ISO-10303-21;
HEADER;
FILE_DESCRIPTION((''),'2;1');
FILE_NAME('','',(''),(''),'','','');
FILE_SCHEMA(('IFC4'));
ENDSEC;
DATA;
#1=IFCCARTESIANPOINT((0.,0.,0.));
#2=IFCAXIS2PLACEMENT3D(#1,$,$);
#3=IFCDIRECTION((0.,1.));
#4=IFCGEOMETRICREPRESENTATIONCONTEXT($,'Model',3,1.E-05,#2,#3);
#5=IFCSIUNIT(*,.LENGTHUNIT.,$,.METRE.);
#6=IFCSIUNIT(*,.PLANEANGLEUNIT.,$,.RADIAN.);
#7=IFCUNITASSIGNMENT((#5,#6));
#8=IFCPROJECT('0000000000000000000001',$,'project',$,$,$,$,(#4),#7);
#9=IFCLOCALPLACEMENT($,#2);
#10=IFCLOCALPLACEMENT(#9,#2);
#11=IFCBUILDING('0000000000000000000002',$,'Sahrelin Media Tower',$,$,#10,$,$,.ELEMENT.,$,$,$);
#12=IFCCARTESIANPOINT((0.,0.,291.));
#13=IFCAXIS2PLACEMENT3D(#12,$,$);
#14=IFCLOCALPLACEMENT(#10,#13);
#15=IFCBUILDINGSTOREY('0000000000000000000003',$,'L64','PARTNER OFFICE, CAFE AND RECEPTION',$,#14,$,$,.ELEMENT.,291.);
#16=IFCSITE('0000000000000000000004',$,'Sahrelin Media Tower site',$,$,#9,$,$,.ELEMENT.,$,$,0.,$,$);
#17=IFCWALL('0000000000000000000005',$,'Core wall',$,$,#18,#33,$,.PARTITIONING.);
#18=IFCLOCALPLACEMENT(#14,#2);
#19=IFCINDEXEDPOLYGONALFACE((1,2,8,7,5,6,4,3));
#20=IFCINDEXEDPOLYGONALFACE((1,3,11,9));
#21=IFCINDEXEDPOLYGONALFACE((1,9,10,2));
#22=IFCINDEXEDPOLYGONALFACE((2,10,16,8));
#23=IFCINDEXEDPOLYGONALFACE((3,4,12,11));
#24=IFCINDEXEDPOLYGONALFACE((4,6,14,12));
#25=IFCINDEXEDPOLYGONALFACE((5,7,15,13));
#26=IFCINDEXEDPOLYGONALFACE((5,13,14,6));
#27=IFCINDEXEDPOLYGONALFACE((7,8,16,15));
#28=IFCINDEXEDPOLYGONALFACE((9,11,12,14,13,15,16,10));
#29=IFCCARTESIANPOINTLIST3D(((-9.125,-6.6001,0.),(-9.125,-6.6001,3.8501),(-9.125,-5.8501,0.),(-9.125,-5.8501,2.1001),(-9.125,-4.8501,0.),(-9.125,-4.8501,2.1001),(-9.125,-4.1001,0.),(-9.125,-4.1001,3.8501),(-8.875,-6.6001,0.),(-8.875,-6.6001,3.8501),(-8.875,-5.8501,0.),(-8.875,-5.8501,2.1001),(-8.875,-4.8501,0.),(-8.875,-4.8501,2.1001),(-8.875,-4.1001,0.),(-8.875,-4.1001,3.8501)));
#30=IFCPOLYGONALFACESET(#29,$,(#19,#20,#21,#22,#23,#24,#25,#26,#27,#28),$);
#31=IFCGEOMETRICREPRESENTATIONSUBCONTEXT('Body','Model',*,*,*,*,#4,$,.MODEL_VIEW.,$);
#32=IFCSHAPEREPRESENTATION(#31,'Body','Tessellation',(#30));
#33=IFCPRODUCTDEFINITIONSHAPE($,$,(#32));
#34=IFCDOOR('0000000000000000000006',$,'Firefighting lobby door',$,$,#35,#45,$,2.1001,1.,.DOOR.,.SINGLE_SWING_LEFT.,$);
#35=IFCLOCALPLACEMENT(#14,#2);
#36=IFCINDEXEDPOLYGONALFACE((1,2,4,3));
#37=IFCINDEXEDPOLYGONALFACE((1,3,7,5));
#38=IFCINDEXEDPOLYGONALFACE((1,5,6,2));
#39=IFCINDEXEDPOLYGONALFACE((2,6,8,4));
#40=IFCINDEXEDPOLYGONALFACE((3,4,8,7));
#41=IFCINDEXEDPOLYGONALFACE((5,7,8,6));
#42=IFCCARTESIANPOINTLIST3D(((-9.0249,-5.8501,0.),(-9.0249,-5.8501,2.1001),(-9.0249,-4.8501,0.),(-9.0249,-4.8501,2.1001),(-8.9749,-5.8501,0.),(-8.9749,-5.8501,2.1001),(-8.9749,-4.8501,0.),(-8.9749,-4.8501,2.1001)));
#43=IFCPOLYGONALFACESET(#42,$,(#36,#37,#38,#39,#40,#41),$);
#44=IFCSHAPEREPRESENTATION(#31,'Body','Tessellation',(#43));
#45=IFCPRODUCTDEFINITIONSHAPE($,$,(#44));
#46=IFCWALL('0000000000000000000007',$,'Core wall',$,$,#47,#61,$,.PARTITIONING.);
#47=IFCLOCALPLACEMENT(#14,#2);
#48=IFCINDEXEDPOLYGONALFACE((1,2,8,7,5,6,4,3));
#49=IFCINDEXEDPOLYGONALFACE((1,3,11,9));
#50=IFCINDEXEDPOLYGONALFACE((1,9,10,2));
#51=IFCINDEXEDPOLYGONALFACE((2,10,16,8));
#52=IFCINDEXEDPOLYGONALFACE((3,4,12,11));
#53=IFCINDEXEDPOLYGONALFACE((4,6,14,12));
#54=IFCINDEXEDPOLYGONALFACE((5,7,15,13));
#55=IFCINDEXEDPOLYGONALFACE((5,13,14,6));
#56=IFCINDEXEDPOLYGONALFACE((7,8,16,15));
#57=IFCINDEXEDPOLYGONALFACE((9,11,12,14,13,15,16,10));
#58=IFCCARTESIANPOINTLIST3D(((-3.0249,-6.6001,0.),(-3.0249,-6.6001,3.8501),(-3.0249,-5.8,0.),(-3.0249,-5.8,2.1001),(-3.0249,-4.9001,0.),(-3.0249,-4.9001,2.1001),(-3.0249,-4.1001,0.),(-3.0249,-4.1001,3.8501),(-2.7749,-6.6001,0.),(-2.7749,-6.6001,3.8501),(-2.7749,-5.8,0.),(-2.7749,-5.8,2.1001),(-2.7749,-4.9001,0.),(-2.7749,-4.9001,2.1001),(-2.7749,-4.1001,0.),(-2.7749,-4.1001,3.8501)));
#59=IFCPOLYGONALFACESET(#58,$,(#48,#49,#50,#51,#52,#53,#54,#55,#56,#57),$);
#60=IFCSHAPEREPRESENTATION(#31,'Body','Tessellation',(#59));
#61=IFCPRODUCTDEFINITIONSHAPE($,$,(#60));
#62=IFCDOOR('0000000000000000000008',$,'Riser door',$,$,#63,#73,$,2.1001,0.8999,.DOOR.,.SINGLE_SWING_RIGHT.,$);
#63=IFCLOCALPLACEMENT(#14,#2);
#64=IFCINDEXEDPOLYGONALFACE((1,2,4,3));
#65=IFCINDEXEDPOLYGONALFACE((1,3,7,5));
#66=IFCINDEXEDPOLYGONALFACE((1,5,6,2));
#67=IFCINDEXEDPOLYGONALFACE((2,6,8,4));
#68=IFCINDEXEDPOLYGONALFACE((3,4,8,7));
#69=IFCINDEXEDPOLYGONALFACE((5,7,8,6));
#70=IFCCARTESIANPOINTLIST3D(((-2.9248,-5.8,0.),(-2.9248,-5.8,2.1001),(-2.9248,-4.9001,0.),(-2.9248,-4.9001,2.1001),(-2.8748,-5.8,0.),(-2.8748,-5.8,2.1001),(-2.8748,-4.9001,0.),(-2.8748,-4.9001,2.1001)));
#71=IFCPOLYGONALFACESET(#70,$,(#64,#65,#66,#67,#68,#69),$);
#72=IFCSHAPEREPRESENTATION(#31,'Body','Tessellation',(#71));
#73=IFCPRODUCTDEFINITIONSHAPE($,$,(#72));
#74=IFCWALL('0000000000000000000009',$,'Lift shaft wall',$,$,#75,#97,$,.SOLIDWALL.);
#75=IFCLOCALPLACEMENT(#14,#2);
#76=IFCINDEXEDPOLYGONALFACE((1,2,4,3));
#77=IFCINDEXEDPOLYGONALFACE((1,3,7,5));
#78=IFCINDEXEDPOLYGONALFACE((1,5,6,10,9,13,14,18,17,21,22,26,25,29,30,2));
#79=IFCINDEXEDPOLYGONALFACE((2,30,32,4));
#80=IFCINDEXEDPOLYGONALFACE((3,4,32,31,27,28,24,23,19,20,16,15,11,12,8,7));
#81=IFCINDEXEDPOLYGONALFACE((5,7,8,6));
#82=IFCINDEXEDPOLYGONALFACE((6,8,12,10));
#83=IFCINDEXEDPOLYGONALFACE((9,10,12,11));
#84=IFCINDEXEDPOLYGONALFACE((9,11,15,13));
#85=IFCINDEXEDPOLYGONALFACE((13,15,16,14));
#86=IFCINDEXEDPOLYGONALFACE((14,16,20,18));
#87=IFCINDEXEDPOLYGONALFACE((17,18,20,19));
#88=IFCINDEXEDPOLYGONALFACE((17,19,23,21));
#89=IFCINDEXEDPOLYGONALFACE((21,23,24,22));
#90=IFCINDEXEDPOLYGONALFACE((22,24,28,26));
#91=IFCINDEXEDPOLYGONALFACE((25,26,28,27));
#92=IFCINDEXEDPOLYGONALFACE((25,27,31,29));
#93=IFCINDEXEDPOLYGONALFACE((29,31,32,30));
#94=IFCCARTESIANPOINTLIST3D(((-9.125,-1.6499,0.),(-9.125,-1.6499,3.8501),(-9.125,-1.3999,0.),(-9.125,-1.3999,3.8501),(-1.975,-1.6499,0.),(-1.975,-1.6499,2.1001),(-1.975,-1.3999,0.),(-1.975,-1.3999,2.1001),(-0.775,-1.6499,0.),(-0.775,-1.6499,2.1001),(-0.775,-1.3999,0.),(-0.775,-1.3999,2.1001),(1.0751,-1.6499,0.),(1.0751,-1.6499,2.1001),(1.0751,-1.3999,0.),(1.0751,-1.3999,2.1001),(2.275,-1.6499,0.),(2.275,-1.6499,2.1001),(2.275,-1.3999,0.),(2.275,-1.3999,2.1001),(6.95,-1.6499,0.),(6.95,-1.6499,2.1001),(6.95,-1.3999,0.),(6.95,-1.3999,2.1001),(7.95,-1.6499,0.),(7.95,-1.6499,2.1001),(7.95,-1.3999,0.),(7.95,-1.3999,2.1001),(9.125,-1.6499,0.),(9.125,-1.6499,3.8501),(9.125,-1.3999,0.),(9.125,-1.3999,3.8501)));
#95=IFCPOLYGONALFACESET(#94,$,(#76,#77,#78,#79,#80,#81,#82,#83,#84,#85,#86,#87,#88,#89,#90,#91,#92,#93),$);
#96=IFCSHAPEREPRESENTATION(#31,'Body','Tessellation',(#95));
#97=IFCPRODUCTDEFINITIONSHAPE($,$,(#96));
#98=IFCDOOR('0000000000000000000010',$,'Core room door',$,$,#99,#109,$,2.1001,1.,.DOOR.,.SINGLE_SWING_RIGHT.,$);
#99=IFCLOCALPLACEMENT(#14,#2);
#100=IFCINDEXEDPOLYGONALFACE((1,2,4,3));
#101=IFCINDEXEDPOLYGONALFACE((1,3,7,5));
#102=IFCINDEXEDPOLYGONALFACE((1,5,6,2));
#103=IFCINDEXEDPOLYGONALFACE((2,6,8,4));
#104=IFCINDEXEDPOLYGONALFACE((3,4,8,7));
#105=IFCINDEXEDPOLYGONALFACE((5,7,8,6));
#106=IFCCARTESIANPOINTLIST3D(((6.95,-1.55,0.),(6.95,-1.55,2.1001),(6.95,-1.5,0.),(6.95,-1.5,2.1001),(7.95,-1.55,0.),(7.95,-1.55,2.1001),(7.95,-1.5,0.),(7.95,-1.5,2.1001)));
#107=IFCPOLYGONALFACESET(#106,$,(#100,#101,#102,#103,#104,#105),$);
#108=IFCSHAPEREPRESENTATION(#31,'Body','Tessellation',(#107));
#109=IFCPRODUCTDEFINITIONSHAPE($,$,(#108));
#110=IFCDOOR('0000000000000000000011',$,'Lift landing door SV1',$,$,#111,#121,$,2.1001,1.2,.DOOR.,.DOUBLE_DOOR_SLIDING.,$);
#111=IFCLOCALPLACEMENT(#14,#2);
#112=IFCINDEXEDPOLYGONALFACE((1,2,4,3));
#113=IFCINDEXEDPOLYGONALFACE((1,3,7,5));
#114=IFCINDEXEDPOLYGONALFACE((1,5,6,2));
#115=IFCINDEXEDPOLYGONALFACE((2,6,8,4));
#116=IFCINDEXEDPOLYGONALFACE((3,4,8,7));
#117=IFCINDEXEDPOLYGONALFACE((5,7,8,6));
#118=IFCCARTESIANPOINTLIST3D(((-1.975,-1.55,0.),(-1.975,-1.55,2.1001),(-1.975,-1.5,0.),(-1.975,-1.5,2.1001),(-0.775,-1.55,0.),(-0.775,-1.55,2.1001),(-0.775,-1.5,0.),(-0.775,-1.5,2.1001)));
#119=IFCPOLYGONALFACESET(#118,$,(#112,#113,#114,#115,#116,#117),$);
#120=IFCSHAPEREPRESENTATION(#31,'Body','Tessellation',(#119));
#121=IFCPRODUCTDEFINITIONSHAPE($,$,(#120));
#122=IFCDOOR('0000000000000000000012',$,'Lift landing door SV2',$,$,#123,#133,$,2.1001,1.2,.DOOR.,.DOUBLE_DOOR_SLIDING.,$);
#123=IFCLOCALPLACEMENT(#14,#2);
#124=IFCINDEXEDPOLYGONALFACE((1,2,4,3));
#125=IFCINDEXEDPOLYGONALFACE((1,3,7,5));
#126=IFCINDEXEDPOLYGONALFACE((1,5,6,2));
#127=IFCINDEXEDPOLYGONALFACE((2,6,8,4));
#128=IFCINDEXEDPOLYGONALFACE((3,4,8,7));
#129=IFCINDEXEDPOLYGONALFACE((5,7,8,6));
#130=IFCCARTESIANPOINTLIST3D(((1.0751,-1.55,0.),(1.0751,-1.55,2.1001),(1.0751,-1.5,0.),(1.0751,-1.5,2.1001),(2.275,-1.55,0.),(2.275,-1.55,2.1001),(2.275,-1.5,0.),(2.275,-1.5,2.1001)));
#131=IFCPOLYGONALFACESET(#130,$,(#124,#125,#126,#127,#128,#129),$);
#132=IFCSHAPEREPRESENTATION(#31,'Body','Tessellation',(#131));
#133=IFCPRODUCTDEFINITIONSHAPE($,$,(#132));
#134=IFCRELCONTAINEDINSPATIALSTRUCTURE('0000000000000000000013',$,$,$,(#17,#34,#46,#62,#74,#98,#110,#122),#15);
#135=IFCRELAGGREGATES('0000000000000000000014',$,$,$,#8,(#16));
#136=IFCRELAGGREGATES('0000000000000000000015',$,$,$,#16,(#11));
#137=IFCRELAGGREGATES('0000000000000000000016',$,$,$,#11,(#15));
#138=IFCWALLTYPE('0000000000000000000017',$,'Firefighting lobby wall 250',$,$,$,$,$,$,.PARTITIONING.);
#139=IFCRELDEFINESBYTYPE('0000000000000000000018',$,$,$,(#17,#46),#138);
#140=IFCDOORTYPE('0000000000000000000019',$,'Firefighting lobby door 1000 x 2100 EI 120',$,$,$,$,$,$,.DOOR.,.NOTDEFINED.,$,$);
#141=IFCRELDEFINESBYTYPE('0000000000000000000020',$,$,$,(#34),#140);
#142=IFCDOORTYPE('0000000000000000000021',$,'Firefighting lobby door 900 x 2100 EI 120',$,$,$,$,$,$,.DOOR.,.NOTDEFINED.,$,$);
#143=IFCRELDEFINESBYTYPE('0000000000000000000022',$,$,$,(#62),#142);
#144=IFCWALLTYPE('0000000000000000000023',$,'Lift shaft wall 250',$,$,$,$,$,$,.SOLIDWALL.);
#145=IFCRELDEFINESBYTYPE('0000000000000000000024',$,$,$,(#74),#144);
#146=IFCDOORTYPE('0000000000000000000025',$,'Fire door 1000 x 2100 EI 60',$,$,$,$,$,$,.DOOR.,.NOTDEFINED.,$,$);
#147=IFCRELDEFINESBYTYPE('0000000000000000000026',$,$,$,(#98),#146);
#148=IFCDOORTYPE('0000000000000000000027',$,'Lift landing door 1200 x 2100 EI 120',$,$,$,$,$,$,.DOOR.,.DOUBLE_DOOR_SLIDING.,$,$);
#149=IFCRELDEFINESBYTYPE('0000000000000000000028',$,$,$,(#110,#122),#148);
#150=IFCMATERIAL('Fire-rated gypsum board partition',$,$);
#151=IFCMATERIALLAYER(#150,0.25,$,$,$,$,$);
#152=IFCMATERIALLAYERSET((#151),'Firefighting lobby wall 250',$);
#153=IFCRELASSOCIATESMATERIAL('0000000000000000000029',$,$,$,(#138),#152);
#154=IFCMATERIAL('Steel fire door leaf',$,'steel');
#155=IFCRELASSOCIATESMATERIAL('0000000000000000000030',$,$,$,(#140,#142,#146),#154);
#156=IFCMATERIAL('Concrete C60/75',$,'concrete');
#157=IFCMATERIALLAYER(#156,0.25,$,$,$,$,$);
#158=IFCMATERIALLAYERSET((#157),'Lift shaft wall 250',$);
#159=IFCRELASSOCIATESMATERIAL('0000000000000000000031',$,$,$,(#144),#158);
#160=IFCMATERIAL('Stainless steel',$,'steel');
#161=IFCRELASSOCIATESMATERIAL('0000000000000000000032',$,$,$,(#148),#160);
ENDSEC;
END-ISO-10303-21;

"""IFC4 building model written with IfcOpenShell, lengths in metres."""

from ifc_helpers import new_model, si_unit, direction, frame, frame_2d, origin, place, context, subcontext, project, spatial, rectangle, extrude, material, layer, layer_set, type_object, element, fill, save


model = new_model("IFC4")

# Units and contexts
model_context = context("Model", 3, precision=1e-05, world=origin(), true_north=direction((0.0, 1.0)))
body_context = subcontext(model_context, "Body", "Model", "MODEL_VIEW")
ifc_project = project(units=[si_unit("LENGTHUNIT", "METRE"), si_unit("PLANEANGLEUNIT", "RADIAN")], contexts=[model_context])

# Site, building, storey
site_placement = place(None, origin())
site = spatial("IfcSite", under=ifc_project, at=site_placement, Name="Sahrelin Media Tower site", CompositionType="ELEMENT", RefElevation=0.0)
building_placement = place(site_placement, origin())
building = spatial("IfcBuilding", under=site, at=building_placement, Name="Sahrelin Media Tower", CompositionType="ELEMENT")
storey_placement = place(building_placement, frame((0.0, 0.0, 291.0)))
storey = spatial("IfcBuildingStorey", under=building, at=storey_placement, Name="L64", Description="PARTNER OFFICE, CAFE AND RECEPTION", CompositionType="ELEMENT", Elevation=291.0)

# Shared definitions
ifc_material_1 = material(Name="Concrete C60/75", Category="concrete")

# Walls, openings, doors
ifc_material_2 = material(Name="Fire-rated gypsum board partition")
ifc_layer_1 = layer(ifc_material_2, 0.25)
ifc_layer_set_1 = layer_set([ifc_layer_1], Name="Firefighting lobby wall 250")
wall_type_1 = type_object("IfcWallType", Name="Firefighting lobby wall 250", PredefinedType="PARTITIONING", material=ifc_layer_set_1)
wall_1_placement = place(storey_placement, frame((-9.0, -6.6001, 0.0), z_axis=(0.0, 0.0, 1.0), x_axis=(0.0, 1.0, 0.0)))
wall_1 = element("IfcWall", 1, at=wall_1_placement, inside=storey, type_object=wall_type_1, Name="Core wall", PredefinedType="PARTITIONING", context=body_context, shape_type="SweptSolid", body=[
    extrude(rectangle(XDim=2.5, YDim=0.25, at=frame_2d((1.25, 0.0))), origin(), (0.0, 0.0, 1.0), 3.8501),
])
opening_1_placement = place(wall_1_placement, frame((0.75, 0.0, 0.0)))
opening_1 = element("IfcOpeningElement", 2, at=opening_1_placement, cuts=wall_1, PredefinedType="OPENING", context=body_context, shape_type="SweptSolid", body=[
    extrude(rectangle(XDim=1.0, YDim=2.1001, at=frame_2d((0.5, 1.05))), frame((0.0, 0.125, 0.0), z_axis=(0.0, -1.0, 0.0), x_axis=(1.0, 0.0, 0.0)), (0.0, 0.0, 1.0), 0.25),
])
ifc_material_3 = material(Name="Steel fire door leaf", Category="steel")
door_type_1 = type_object("IfcDoorType", Name="Firefighting lobby door 1000 x 2100 EI 120", OperationType="NOTDEFINED", PredefinedType="DOOR", material=ifc_material_3)
door_1_placement = place(opening_1_placement, origin())
door_1 = element("IfcDoor", 3, at=door_1_placement, inside=storey, type_object=door_type_1, Name="Firefighting lobby door", OperationType="SINGLE_SWING_LEFT", OverallHeight=2.1001, OverallWidth=1.0, PredefinedType="DOOR", context=body_context, shape_type="SweptSolid", body=[
    extrude(rectangle(XDim=1.0, YDim=2.1001, at=frame_2d((0.5, 1.05))), frame((0.0, 0.0249, 0.0), z_axis=(0.0, -1.0, 0.0), x_axis=(1.0, 0.0, 0.0)), (0.0, 0.0, 1.0), 0.05),
])
fill(opening_1, door_1)
wall_2_placement = place(storey_placement, frame((-2.8999, -6.6001, 0.0), z_axis=(0.0, 0.0, 1.0), x_axis=(0.0, 1.0, 0.0)))
wall_2 = element("IfcWall", 4, at=wall_2_placement, inside=storey, type_object=wall_type_1, Name="Core wall", PredefinedType="PARTITIONING", context=body_context, shape_type="SweptSolid", body=[
    extrude(rectangle(XDim=2.5, YDim=0.25, at=frame_2d((1.25, 0.0))), origin(), (0.0, 0.0, 1.0), 3.8501),
])
opening_2_placement = place(wall_2_placement, frame((0.8, 0.0, 0.0)))
opening_2 = element("IfcOpeningElement", 5, at=opening_2_placement, cuts=wall_2, PredefinedType="OPENING", context=body_context, shape_type="SweptSolid", body=[
    extrude(rectangle(XDim=0.8999, YDim=2.1001, at=frame_2d((0.45, 1.05))), frame((0.0, 0.125, 0.0), z_axis=(0.0, -1.0, 0.0), x_axis=(1.0, 0.0, 0.0)), (0.0, 0.0, 1.0), 0.25),
])
door_type_2 = type_object("IfcDoorType", Name="Firefighting lobby door 900 x 2100 EI 120", OperationType="NOTDEFINED", PredefinedType="DOOR", material=ifc_material_3)
door_2_placement = place(opening_2_placement, origin())
door_2 = element("IfcDoor", 6, at=door_2_placement, inside=storey, type_object=door_type_2, Name="Riser door", OperationType="SINGLE_SWING_RIGHT", OverallHeight=2.1001, OverallWidth=0.8999, PredefinedType="DOOR", context=body_context, shape_type="SweptSolid", body=[
    extrude(rectangle(XDim=0.8999, YDim=2.1001, at=frame_2d((0.45, 1.05))), frame((0.0, 0.0249, 0.0), z_axis=(0.0, -1.0, 0.0), x_axis=(1.0, 0.0, 0.0)), (0.0, 0.0, 1.0), 0.05),
])
fill(opening_2, door_2)

# Wall, openings, doors
ifc_layer_2 = layer(ifc_material_1, 0.25)
ifc_layer_set_2 = layer_set([ifc_layer_2], Name="Lift shaft wall 250")
wall_type_2 = type_object("IfcWallType", Name="Lift shaft wall 250", PredefinedType="SOLIDWALL", material=ifc_layer_set_2)
wall_3_placement = place(storey_placement, frame((-9.125, -1.5249, 0.0), z_axis=(0.0, 0.0, 1.0), x_axis=(1.0, 0.0, 0.0)))
wall_3 = element("IfcWall", 7, at=wall_3_placement, inside=storey, type_object=wall_type_2, Name="Lift shaft wall", PredefinedType="SOLIDWALL", context=body_context, shape_type="SweptSolid", body=[
    extrude(rectangle(XDim=18.25, YDim=0.25, at=frame_2d((9.125, 0.0))), origin(), (0.0, 0.0, 1.0), 3.8501),
])
opening_3_placement = place(wall_3_placement, frame((7.1499, 0.0, 0.0)))
opening_3 = element("IfcOpeningElement", 8, at=opening_3_placement, cuts=wall_3, PredefinedType="OPENING", context=body_context, shape_type="SweptSolid", body=[
    extrude(rectangle(XDim=1.2, YDim=2.1001, at=frame_2d((0.6001, 1.05))), frame((0.0, 0.125, 0.0), z_axis=(0.0, -1.0, 0.0), x_axis=(1.0, 0.0, 0.0)), (0.0, 0.0, 1.0), 0.25),
])
opening_4_placement = place(wall_3_placement, frame((10.2, 0.0, 0.0)))
opening_4 = element("IfcOpeningElement", 9, at=opening_4_placement, cuts=wall_3, PredefinedType="OPENING", context=body_context, shape_type="SweptSolid", body=[
    extrude(rectangle(XDim=1.2, YDim=2.1001, at=frame_2d((0.6001, 1.05))), frame((0.0, 0.125, 0.0), z_axis=(0.0, -1.0, 0.0), x_axis=(1.0, 0.0, 0.0)), (0.0, 0.0, 1.0), 0.25),
])
opening_5_placement = place(wall_3_placement, frame((16.075, 0.0, 0.0)))
opening_5 = element("IfcOpeningElement", 10, at=opening_5_placement, cuts=wall_3, PredefinedType="OPENING", context=body_context, shape_type="SweptSolid", body=[
    extrude(rectangle(XDim=1.0, YDim=2.1001, at=frame_2d((0.5, 1.05))), frame((0.0, 0.125, 0.0), z_axis=(0.0, -1.0, 0.0), x_axis=(1.0, 0.0, 0.0)), (0.0, 0.0, 1.0), 0.25),
])
door_type_3 = type_object("IfcDoorType", Name="Fire door 1000 x 2100 EI 60", OperationType="NOTDEFINED", PredefinedType="DOOR", material=ifc_material_3)
door_3_placement = place(opening_5_placement, origin())
door_3 = element("IfcDoor", 11, at=door_3_placement, inside=storey, type_object=door_type_3, Name="Core room door", OperationType="SINGLE_SWING_RIGHT", OverallHeight=2.1001, OverallWidth=1.0, PredefinedType="DOOR", context=body_context, shape_type="SweptSolid", body=[
    extrude(rectangle(XDim=1.0, YDim=2.1001, at=frame_2d((0.5, 1.05))), frame((0.0, 0.0249, 0.0), z_axis=(0.0, -1.0, 0.0), x_axis=(1.0, 0.0, 0.0)), (0.0, 0.0, 1.0), 0.05),
])
fill(opening_5, door_3)
ifc_material_4 = material(Name="Stainless steel", Category="steel")
door_type_4 = type_object("IfcDoorType", Name="Lift landing door 1200 x 2100 EI 120", OperationType="DOUBLE_DOOR_SLIDING", PredefinedType="DOOR", material=ifc_material_4)
door_4_placement = place(opening_3_placement, origin())
door_4 = element("IfcDoor", 12, at=door_4_placement, inside=storey, type_object=door_type_4, Name="Lift landing door SV1", OperationType="DOUBLE_DOOR_SLIDING", OverallHeight=2.1001, OverallWidth=1.2, PredefinedType="DOOR", context=body_context, shape_type="SweptSolid", body=[
    extrude(rectangle(XDim=1.2, YDim=2.1001, at=frame_2d((0.6001, 1.05))), frame((0.0, 0.0249, 0.0), z_axis=(0.0, -1.0, 0.0), x_axis=(1.0, 0.0, 0.0)), (0.0, 0.0, 1.0), 0.05),
])
fill(opening_3, door_4)
door_5_placement = place(opening_4_placement, origin())
door_5 = element("IfcDoor", 13, at=door_5_placement, inside=storey, type_object=door_type_4, Name="Lift landing door SV2", OperationType="DOUBLE_DOOR_SLIDING", OverallHeight=2.1001, OverallWidth=1.2, PredefinedType="DOOR", context=body_context, shape_type="SweptSolid", body=[
    extrude(rectangle(XDim=1.2, YDim=2.1001, at=frame_2d((0.6001, 1.05))), frame((0.0, 0.0249, 0.0), z_axis=(0.0, -1.0, 0.0), x_axis=(1.0, 0.0, 0.0)), (0.0, 0.0, 1.0), 0.05),
])
fill(opening_4, door_5)

save(model, "model.ifc")
